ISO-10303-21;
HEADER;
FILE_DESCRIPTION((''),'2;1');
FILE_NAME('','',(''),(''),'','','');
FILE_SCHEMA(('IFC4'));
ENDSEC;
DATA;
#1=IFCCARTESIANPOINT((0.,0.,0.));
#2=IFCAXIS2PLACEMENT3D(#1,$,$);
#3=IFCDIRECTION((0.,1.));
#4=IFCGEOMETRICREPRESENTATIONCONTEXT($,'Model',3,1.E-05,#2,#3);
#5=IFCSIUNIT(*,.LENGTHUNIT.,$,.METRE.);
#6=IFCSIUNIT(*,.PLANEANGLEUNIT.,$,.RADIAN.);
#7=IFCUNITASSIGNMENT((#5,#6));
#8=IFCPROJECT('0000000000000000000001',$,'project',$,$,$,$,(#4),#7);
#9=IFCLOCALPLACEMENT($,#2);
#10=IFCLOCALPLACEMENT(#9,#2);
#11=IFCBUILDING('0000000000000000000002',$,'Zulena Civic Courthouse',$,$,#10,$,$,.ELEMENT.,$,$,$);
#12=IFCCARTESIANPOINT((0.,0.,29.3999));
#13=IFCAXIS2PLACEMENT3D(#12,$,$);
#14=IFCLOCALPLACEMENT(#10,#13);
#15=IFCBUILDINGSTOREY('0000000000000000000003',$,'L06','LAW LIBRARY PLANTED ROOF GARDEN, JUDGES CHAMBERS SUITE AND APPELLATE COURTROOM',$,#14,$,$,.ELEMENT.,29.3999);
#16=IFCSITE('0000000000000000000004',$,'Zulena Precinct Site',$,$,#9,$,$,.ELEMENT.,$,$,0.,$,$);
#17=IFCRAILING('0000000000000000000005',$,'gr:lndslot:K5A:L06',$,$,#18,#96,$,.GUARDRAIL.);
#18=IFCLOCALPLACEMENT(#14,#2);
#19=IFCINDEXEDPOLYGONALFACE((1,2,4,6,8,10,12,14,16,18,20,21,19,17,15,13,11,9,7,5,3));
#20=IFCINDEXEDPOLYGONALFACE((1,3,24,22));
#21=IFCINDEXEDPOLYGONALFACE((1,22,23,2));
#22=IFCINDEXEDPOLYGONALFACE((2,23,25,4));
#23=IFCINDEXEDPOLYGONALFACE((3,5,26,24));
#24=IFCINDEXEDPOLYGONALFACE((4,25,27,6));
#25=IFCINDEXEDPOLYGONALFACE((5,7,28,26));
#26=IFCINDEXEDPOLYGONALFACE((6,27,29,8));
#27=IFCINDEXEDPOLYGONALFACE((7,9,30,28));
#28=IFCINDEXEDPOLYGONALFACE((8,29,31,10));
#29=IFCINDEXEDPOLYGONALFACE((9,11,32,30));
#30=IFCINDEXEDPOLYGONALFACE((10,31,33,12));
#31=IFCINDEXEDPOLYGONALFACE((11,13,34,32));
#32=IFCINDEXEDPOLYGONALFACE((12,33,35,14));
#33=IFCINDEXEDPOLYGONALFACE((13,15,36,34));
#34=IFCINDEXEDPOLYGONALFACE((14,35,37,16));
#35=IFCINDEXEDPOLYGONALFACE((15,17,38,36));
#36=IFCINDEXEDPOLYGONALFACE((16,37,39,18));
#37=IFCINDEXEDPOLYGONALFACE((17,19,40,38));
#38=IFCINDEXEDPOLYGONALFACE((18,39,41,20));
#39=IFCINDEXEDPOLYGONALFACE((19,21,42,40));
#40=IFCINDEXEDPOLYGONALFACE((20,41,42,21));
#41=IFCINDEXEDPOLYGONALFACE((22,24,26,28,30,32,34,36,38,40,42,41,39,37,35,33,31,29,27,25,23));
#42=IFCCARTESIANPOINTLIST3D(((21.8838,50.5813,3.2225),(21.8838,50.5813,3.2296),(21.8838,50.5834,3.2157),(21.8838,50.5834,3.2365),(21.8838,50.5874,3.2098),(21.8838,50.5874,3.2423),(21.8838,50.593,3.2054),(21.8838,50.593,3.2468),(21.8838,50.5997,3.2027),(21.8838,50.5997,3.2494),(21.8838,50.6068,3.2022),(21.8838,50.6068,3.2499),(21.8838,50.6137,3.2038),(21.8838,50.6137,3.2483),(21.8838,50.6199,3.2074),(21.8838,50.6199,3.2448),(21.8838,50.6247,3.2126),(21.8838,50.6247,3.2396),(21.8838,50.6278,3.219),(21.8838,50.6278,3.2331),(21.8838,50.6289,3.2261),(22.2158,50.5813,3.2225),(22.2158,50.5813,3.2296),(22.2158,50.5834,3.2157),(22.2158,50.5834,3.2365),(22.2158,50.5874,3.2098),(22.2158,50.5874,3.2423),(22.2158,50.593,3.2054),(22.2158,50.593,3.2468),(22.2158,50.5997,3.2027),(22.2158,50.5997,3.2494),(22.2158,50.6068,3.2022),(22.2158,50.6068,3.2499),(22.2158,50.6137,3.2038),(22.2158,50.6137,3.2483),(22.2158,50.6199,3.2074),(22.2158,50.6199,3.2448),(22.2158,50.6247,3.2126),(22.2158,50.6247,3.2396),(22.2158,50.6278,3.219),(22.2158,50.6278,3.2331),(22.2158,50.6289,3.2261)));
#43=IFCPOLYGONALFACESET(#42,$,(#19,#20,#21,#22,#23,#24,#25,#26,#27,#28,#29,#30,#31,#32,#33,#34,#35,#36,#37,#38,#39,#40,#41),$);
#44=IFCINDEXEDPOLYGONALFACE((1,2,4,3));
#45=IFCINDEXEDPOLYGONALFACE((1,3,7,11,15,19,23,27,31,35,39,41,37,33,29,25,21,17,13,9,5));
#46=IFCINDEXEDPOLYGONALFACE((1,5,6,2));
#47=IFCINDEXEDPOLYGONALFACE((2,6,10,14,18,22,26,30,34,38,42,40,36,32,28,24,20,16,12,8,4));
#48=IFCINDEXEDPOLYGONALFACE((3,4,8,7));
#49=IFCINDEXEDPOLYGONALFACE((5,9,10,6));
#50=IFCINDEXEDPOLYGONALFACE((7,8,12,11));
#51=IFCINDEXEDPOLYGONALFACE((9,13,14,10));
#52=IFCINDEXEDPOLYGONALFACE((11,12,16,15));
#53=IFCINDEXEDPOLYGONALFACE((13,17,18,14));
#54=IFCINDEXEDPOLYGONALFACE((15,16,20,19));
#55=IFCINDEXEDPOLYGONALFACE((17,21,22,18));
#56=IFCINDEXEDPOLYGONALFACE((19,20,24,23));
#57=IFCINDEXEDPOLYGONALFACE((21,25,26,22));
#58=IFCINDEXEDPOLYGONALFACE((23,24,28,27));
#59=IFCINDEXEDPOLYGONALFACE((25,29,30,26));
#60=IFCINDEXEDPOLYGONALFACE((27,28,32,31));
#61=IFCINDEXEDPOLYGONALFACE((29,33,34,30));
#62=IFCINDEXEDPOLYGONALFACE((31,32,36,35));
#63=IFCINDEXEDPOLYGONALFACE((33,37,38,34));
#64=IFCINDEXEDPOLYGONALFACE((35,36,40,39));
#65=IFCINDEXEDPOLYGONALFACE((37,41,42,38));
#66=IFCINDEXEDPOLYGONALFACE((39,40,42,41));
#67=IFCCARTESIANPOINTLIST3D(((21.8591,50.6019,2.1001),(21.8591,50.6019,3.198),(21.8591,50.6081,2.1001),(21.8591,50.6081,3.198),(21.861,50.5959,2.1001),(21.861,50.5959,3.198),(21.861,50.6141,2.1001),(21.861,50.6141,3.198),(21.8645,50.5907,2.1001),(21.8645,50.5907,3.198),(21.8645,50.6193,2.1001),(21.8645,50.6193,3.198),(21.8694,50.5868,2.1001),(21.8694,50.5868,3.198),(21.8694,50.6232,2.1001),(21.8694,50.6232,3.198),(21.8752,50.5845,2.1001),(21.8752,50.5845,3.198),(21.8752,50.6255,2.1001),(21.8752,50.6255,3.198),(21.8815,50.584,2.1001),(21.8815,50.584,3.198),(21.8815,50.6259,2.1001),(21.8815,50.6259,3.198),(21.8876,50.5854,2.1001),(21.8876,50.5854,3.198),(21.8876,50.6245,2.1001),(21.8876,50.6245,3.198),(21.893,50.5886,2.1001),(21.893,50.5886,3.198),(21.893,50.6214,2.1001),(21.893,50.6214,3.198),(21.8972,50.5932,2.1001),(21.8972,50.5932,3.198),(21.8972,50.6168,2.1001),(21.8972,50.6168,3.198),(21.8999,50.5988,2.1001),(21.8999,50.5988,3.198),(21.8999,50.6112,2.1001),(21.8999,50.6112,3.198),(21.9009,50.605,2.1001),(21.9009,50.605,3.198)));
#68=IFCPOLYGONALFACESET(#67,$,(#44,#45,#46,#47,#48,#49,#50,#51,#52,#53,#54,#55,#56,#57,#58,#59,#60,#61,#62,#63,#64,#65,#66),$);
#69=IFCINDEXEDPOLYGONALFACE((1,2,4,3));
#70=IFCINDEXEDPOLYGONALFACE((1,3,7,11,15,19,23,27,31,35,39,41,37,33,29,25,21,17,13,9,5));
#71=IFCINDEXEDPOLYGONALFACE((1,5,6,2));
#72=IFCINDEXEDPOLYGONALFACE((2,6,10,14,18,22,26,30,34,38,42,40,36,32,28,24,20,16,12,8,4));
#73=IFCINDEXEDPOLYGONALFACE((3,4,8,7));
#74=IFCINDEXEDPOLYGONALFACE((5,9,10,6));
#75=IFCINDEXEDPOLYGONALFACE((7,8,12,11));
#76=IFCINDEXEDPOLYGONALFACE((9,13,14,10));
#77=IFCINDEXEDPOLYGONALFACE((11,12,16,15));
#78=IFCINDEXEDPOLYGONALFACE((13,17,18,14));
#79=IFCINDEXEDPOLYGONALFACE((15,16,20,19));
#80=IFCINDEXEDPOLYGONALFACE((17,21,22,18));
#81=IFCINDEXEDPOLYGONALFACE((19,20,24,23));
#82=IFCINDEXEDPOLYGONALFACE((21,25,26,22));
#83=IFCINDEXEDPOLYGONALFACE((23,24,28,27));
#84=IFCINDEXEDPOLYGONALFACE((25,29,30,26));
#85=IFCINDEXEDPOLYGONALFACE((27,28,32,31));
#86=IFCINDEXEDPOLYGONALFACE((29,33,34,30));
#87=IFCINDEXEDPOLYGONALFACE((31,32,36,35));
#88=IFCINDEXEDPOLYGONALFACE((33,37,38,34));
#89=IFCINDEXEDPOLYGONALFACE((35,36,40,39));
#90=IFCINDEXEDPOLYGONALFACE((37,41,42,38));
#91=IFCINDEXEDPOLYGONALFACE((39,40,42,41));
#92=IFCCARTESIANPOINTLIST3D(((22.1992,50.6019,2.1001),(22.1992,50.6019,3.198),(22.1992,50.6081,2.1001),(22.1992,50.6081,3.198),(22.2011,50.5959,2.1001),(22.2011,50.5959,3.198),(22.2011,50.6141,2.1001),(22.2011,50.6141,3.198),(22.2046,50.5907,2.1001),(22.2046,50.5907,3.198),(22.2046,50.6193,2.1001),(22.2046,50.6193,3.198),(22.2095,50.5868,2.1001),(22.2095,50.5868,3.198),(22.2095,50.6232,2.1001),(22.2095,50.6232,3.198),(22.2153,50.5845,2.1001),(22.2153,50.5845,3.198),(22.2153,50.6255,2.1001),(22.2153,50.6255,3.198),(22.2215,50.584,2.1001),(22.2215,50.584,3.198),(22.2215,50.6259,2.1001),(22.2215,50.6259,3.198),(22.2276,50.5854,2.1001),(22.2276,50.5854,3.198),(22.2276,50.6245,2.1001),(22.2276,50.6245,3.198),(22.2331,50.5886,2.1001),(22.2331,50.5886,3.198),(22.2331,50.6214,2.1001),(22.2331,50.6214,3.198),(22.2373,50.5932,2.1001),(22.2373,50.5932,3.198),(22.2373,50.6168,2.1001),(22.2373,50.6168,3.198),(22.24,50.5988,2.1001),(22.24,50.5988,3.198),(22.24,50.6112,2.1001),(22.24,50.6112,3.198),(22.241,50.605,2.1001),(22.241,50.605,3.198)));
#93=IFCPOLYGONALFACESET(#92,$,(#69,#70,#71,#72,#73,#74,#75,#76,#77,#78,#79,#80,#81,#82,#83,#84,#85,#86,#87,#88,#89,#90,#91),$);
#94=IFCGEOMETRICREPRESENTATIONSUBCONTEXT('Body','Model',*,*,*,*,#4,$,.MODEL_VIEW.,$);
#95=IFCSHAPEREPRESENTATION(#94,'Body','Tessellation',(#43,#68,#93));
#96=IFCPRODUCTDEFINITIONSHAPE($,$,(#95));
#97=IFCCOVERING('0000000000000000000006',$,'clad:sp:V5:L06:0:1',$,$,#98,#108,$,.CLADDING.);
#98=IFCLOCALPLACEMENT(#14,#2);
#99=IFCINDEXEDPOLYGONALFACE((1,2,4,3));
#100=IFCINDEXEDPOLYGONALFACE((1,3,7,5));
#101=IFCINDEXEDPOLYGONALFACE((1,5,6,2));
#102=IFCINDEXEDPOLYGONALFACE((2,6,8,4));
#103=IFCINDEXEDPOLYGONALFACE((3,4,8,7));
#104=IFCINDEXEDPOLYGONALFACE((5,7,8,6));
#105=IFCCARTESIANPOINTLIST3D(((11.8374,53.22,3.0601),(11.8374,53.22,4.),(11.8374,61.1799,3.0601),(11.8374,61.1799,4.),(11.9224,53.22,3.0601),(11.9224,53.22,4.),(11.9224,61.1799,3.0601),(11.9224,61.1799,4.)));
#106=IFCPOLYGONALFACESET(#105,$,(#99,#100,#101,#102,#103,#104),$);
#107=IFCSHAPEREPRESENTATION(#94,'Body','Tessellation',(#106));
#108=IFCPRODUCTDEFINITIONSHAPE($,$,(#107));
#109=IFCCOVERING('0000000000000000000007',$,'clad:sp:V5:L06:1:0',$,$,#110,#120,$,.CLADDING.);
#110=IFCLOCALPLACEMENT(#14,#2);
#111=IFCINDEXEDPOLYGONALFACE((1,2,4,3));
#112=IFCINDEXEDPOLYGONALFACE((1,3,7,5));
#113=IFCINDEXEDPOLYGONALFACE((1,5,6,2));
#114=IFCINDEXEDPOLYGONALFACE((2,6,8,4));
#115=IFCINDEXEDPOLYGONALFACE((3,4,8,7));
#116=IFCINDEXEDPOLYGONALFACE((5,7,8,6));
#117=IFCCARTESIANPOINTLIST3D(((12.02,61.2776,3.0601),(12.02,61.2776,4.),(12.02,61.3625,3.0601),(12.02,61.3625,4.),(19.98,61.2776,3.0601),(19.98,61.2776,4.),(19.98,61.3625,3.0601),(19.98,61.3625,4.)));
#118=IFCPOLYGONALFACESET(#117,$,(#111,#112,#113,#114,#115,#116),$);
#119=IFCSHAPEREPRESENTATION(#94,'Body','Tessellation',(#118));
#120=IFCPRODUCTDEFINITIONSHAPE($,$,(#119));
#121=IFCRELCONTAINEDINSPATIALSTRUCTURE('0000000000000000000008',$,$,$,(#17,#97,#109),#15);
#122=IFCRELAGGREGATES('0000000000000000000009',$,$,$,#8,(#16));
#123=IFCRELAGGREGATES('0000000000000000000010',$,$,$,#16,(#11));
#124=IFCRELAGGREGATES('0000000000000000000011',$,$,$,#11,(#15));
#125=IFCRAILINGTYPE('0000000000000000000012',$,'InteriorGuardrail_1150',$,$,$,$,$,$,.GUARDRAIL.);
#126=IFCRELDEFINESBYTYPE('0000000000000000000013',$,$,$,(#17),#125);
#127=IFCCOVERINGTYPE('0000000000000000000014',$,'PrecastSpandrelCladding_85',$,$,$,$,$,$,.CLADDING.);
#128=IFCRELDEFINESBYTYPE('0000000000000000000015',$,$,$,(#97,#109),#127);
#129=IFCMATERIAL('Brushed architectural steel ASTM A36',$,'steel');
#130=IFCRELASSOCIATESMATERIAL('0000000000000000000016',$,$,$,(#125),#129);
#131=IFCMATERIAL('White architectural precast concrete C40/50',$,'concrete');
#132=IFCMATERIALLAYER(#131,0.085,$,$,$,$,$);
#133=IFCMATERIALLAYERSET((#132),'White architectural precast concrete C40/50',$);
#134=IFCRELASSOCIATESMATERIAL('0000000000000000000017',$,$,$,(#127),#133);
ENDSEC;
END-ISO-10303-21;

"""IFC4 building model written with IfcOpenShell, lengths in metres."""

from ifc_helpers import new_model, si_unit, direction, frame, origin, origin_2d, place, context, subcontext, project, spatial, rectangle, circle, extrude, material, layer, layer_set, type_object, element, save


model = new_model("IFC4")

# Units and contexts
model_context = context("Model", 3, precision=1e-05, world=origin(), true_north=direction((0.0, 1.0)))
body_context = subcontext(model_context, "Body", "Model", "MODEL_VIEW")
ifc_project = project(units=[si_unit("LENGTHUNIT", "METRE"), si_unit("PLANEANGLEUNIT", "RADIAN")], contexts=[model_context])

# Site, building, storey
site_placement = place(None, origin())
site = spatial("IfcSite", under=ifc_project, at=site_placement, Name="Zulena Precinct Site", CompositionType="ELEMENT", RefElevation=0.0)
building_placement = place(site_placement, origin())
building = spatial("IfcBuilding", under=site, at=building_placement, Name="Zulena Civic Courthouse", CompositionType="ELEMENT")
storey_placement = place(building_placement, frame((0.0, 0.0, 29.3999)))
storey = spatial("IfcBuildingStorey", under=building, at=storey_placement, Name="L06", Description="LAW LIBRARY PLANTED ROOF GARDEN, JUDGES CHAMBERS SUITE AND APPELLATE COURTROOM", CompositionType="ELEMENT", Elevation=29.3999)

# Railing
ifc_material_1 = material(Name="Brushed architectural steel ASTM A36", Category="steel")
railing_type = type_object("IfcRailingType", Name="InteriorGuardrail_1150", PredefinedType="GUARDRAIL", material=ifc_material_1)
railing_1_placement = place(storey_placement, frame((21.8799, 50.605, 2.1001)))
element("IfcRailing", 1, at=railing_1_placement, inside=storey, type_object=railing_type, Name="gr:lndslot:K5A:L06", PredefinedType="GUARDRAIL", context=body_context, shape_type="SweptSolid", body=[
    extrude(circle(Radius=0.0239, at=origin_2d()), frame((0.0039, 0.0, 1.126), z_axis=(1.0, 0.0, 0.0), x_axis=(0.0, 1.0, 0.0)), (0.0, 0.0, 1.0), 0.332),
    extrude(circle(Radius=0.021, at=origin_2d()), origin(), (0.0, 0.0, 1.0), 1.0979),
    extrude(circle(Radius=0.021, at=origin_2d()), frame((0.3401, 0.0, 0.0)), (0.0, 0.0, 1.0), 1.0979),
])

# Coverings
ifc_material_2 = material(Name="White architectural precast concrete C40/50", Category="concrete")
ifc_layer_1 = layer(ifc_material_2, 0.085)
ifc_layer_set_1 = layer_set([ifc_layer_1], Name="White architectural precast concrete C40/50")
covering_type = type_object("IfcCoveringType", Name="PrecastSpandrelCladding_85", PredefinedType="CLADDING", material=ifc_layer_set_1)
for number, where, z_axis, x_axis, name in (
    (2, (11.8799, 57.2, 3.0601), (0.0, 0.0, 1.0), (0.0, 1.0, 0.0), "clad:sp:V5:L06:0:1"),
    (3, (16.0, 61.3201, 3.0601), (0.0, 0.0, 1.0), (1.0, 0.0, 0.0), "clad:sp:V5:L06:1:0"),
):
    element("IfcCovering", number, at=place(storey_placement, frame(where, z_axis=z_axis, x_axis=x_axis)), inside=storey, type_object=covering_type, Name=name, PredefinedType="CLADDING", context=body_context, shape_type="SweptSolid", body=[
        extrude(rectangle(XDim=7.96, YDim=0.085, at=origin_2d()), origin(), (0.0, 0.0, 1.0), 0.9399),
    ])

save(model, "model.ifc")
